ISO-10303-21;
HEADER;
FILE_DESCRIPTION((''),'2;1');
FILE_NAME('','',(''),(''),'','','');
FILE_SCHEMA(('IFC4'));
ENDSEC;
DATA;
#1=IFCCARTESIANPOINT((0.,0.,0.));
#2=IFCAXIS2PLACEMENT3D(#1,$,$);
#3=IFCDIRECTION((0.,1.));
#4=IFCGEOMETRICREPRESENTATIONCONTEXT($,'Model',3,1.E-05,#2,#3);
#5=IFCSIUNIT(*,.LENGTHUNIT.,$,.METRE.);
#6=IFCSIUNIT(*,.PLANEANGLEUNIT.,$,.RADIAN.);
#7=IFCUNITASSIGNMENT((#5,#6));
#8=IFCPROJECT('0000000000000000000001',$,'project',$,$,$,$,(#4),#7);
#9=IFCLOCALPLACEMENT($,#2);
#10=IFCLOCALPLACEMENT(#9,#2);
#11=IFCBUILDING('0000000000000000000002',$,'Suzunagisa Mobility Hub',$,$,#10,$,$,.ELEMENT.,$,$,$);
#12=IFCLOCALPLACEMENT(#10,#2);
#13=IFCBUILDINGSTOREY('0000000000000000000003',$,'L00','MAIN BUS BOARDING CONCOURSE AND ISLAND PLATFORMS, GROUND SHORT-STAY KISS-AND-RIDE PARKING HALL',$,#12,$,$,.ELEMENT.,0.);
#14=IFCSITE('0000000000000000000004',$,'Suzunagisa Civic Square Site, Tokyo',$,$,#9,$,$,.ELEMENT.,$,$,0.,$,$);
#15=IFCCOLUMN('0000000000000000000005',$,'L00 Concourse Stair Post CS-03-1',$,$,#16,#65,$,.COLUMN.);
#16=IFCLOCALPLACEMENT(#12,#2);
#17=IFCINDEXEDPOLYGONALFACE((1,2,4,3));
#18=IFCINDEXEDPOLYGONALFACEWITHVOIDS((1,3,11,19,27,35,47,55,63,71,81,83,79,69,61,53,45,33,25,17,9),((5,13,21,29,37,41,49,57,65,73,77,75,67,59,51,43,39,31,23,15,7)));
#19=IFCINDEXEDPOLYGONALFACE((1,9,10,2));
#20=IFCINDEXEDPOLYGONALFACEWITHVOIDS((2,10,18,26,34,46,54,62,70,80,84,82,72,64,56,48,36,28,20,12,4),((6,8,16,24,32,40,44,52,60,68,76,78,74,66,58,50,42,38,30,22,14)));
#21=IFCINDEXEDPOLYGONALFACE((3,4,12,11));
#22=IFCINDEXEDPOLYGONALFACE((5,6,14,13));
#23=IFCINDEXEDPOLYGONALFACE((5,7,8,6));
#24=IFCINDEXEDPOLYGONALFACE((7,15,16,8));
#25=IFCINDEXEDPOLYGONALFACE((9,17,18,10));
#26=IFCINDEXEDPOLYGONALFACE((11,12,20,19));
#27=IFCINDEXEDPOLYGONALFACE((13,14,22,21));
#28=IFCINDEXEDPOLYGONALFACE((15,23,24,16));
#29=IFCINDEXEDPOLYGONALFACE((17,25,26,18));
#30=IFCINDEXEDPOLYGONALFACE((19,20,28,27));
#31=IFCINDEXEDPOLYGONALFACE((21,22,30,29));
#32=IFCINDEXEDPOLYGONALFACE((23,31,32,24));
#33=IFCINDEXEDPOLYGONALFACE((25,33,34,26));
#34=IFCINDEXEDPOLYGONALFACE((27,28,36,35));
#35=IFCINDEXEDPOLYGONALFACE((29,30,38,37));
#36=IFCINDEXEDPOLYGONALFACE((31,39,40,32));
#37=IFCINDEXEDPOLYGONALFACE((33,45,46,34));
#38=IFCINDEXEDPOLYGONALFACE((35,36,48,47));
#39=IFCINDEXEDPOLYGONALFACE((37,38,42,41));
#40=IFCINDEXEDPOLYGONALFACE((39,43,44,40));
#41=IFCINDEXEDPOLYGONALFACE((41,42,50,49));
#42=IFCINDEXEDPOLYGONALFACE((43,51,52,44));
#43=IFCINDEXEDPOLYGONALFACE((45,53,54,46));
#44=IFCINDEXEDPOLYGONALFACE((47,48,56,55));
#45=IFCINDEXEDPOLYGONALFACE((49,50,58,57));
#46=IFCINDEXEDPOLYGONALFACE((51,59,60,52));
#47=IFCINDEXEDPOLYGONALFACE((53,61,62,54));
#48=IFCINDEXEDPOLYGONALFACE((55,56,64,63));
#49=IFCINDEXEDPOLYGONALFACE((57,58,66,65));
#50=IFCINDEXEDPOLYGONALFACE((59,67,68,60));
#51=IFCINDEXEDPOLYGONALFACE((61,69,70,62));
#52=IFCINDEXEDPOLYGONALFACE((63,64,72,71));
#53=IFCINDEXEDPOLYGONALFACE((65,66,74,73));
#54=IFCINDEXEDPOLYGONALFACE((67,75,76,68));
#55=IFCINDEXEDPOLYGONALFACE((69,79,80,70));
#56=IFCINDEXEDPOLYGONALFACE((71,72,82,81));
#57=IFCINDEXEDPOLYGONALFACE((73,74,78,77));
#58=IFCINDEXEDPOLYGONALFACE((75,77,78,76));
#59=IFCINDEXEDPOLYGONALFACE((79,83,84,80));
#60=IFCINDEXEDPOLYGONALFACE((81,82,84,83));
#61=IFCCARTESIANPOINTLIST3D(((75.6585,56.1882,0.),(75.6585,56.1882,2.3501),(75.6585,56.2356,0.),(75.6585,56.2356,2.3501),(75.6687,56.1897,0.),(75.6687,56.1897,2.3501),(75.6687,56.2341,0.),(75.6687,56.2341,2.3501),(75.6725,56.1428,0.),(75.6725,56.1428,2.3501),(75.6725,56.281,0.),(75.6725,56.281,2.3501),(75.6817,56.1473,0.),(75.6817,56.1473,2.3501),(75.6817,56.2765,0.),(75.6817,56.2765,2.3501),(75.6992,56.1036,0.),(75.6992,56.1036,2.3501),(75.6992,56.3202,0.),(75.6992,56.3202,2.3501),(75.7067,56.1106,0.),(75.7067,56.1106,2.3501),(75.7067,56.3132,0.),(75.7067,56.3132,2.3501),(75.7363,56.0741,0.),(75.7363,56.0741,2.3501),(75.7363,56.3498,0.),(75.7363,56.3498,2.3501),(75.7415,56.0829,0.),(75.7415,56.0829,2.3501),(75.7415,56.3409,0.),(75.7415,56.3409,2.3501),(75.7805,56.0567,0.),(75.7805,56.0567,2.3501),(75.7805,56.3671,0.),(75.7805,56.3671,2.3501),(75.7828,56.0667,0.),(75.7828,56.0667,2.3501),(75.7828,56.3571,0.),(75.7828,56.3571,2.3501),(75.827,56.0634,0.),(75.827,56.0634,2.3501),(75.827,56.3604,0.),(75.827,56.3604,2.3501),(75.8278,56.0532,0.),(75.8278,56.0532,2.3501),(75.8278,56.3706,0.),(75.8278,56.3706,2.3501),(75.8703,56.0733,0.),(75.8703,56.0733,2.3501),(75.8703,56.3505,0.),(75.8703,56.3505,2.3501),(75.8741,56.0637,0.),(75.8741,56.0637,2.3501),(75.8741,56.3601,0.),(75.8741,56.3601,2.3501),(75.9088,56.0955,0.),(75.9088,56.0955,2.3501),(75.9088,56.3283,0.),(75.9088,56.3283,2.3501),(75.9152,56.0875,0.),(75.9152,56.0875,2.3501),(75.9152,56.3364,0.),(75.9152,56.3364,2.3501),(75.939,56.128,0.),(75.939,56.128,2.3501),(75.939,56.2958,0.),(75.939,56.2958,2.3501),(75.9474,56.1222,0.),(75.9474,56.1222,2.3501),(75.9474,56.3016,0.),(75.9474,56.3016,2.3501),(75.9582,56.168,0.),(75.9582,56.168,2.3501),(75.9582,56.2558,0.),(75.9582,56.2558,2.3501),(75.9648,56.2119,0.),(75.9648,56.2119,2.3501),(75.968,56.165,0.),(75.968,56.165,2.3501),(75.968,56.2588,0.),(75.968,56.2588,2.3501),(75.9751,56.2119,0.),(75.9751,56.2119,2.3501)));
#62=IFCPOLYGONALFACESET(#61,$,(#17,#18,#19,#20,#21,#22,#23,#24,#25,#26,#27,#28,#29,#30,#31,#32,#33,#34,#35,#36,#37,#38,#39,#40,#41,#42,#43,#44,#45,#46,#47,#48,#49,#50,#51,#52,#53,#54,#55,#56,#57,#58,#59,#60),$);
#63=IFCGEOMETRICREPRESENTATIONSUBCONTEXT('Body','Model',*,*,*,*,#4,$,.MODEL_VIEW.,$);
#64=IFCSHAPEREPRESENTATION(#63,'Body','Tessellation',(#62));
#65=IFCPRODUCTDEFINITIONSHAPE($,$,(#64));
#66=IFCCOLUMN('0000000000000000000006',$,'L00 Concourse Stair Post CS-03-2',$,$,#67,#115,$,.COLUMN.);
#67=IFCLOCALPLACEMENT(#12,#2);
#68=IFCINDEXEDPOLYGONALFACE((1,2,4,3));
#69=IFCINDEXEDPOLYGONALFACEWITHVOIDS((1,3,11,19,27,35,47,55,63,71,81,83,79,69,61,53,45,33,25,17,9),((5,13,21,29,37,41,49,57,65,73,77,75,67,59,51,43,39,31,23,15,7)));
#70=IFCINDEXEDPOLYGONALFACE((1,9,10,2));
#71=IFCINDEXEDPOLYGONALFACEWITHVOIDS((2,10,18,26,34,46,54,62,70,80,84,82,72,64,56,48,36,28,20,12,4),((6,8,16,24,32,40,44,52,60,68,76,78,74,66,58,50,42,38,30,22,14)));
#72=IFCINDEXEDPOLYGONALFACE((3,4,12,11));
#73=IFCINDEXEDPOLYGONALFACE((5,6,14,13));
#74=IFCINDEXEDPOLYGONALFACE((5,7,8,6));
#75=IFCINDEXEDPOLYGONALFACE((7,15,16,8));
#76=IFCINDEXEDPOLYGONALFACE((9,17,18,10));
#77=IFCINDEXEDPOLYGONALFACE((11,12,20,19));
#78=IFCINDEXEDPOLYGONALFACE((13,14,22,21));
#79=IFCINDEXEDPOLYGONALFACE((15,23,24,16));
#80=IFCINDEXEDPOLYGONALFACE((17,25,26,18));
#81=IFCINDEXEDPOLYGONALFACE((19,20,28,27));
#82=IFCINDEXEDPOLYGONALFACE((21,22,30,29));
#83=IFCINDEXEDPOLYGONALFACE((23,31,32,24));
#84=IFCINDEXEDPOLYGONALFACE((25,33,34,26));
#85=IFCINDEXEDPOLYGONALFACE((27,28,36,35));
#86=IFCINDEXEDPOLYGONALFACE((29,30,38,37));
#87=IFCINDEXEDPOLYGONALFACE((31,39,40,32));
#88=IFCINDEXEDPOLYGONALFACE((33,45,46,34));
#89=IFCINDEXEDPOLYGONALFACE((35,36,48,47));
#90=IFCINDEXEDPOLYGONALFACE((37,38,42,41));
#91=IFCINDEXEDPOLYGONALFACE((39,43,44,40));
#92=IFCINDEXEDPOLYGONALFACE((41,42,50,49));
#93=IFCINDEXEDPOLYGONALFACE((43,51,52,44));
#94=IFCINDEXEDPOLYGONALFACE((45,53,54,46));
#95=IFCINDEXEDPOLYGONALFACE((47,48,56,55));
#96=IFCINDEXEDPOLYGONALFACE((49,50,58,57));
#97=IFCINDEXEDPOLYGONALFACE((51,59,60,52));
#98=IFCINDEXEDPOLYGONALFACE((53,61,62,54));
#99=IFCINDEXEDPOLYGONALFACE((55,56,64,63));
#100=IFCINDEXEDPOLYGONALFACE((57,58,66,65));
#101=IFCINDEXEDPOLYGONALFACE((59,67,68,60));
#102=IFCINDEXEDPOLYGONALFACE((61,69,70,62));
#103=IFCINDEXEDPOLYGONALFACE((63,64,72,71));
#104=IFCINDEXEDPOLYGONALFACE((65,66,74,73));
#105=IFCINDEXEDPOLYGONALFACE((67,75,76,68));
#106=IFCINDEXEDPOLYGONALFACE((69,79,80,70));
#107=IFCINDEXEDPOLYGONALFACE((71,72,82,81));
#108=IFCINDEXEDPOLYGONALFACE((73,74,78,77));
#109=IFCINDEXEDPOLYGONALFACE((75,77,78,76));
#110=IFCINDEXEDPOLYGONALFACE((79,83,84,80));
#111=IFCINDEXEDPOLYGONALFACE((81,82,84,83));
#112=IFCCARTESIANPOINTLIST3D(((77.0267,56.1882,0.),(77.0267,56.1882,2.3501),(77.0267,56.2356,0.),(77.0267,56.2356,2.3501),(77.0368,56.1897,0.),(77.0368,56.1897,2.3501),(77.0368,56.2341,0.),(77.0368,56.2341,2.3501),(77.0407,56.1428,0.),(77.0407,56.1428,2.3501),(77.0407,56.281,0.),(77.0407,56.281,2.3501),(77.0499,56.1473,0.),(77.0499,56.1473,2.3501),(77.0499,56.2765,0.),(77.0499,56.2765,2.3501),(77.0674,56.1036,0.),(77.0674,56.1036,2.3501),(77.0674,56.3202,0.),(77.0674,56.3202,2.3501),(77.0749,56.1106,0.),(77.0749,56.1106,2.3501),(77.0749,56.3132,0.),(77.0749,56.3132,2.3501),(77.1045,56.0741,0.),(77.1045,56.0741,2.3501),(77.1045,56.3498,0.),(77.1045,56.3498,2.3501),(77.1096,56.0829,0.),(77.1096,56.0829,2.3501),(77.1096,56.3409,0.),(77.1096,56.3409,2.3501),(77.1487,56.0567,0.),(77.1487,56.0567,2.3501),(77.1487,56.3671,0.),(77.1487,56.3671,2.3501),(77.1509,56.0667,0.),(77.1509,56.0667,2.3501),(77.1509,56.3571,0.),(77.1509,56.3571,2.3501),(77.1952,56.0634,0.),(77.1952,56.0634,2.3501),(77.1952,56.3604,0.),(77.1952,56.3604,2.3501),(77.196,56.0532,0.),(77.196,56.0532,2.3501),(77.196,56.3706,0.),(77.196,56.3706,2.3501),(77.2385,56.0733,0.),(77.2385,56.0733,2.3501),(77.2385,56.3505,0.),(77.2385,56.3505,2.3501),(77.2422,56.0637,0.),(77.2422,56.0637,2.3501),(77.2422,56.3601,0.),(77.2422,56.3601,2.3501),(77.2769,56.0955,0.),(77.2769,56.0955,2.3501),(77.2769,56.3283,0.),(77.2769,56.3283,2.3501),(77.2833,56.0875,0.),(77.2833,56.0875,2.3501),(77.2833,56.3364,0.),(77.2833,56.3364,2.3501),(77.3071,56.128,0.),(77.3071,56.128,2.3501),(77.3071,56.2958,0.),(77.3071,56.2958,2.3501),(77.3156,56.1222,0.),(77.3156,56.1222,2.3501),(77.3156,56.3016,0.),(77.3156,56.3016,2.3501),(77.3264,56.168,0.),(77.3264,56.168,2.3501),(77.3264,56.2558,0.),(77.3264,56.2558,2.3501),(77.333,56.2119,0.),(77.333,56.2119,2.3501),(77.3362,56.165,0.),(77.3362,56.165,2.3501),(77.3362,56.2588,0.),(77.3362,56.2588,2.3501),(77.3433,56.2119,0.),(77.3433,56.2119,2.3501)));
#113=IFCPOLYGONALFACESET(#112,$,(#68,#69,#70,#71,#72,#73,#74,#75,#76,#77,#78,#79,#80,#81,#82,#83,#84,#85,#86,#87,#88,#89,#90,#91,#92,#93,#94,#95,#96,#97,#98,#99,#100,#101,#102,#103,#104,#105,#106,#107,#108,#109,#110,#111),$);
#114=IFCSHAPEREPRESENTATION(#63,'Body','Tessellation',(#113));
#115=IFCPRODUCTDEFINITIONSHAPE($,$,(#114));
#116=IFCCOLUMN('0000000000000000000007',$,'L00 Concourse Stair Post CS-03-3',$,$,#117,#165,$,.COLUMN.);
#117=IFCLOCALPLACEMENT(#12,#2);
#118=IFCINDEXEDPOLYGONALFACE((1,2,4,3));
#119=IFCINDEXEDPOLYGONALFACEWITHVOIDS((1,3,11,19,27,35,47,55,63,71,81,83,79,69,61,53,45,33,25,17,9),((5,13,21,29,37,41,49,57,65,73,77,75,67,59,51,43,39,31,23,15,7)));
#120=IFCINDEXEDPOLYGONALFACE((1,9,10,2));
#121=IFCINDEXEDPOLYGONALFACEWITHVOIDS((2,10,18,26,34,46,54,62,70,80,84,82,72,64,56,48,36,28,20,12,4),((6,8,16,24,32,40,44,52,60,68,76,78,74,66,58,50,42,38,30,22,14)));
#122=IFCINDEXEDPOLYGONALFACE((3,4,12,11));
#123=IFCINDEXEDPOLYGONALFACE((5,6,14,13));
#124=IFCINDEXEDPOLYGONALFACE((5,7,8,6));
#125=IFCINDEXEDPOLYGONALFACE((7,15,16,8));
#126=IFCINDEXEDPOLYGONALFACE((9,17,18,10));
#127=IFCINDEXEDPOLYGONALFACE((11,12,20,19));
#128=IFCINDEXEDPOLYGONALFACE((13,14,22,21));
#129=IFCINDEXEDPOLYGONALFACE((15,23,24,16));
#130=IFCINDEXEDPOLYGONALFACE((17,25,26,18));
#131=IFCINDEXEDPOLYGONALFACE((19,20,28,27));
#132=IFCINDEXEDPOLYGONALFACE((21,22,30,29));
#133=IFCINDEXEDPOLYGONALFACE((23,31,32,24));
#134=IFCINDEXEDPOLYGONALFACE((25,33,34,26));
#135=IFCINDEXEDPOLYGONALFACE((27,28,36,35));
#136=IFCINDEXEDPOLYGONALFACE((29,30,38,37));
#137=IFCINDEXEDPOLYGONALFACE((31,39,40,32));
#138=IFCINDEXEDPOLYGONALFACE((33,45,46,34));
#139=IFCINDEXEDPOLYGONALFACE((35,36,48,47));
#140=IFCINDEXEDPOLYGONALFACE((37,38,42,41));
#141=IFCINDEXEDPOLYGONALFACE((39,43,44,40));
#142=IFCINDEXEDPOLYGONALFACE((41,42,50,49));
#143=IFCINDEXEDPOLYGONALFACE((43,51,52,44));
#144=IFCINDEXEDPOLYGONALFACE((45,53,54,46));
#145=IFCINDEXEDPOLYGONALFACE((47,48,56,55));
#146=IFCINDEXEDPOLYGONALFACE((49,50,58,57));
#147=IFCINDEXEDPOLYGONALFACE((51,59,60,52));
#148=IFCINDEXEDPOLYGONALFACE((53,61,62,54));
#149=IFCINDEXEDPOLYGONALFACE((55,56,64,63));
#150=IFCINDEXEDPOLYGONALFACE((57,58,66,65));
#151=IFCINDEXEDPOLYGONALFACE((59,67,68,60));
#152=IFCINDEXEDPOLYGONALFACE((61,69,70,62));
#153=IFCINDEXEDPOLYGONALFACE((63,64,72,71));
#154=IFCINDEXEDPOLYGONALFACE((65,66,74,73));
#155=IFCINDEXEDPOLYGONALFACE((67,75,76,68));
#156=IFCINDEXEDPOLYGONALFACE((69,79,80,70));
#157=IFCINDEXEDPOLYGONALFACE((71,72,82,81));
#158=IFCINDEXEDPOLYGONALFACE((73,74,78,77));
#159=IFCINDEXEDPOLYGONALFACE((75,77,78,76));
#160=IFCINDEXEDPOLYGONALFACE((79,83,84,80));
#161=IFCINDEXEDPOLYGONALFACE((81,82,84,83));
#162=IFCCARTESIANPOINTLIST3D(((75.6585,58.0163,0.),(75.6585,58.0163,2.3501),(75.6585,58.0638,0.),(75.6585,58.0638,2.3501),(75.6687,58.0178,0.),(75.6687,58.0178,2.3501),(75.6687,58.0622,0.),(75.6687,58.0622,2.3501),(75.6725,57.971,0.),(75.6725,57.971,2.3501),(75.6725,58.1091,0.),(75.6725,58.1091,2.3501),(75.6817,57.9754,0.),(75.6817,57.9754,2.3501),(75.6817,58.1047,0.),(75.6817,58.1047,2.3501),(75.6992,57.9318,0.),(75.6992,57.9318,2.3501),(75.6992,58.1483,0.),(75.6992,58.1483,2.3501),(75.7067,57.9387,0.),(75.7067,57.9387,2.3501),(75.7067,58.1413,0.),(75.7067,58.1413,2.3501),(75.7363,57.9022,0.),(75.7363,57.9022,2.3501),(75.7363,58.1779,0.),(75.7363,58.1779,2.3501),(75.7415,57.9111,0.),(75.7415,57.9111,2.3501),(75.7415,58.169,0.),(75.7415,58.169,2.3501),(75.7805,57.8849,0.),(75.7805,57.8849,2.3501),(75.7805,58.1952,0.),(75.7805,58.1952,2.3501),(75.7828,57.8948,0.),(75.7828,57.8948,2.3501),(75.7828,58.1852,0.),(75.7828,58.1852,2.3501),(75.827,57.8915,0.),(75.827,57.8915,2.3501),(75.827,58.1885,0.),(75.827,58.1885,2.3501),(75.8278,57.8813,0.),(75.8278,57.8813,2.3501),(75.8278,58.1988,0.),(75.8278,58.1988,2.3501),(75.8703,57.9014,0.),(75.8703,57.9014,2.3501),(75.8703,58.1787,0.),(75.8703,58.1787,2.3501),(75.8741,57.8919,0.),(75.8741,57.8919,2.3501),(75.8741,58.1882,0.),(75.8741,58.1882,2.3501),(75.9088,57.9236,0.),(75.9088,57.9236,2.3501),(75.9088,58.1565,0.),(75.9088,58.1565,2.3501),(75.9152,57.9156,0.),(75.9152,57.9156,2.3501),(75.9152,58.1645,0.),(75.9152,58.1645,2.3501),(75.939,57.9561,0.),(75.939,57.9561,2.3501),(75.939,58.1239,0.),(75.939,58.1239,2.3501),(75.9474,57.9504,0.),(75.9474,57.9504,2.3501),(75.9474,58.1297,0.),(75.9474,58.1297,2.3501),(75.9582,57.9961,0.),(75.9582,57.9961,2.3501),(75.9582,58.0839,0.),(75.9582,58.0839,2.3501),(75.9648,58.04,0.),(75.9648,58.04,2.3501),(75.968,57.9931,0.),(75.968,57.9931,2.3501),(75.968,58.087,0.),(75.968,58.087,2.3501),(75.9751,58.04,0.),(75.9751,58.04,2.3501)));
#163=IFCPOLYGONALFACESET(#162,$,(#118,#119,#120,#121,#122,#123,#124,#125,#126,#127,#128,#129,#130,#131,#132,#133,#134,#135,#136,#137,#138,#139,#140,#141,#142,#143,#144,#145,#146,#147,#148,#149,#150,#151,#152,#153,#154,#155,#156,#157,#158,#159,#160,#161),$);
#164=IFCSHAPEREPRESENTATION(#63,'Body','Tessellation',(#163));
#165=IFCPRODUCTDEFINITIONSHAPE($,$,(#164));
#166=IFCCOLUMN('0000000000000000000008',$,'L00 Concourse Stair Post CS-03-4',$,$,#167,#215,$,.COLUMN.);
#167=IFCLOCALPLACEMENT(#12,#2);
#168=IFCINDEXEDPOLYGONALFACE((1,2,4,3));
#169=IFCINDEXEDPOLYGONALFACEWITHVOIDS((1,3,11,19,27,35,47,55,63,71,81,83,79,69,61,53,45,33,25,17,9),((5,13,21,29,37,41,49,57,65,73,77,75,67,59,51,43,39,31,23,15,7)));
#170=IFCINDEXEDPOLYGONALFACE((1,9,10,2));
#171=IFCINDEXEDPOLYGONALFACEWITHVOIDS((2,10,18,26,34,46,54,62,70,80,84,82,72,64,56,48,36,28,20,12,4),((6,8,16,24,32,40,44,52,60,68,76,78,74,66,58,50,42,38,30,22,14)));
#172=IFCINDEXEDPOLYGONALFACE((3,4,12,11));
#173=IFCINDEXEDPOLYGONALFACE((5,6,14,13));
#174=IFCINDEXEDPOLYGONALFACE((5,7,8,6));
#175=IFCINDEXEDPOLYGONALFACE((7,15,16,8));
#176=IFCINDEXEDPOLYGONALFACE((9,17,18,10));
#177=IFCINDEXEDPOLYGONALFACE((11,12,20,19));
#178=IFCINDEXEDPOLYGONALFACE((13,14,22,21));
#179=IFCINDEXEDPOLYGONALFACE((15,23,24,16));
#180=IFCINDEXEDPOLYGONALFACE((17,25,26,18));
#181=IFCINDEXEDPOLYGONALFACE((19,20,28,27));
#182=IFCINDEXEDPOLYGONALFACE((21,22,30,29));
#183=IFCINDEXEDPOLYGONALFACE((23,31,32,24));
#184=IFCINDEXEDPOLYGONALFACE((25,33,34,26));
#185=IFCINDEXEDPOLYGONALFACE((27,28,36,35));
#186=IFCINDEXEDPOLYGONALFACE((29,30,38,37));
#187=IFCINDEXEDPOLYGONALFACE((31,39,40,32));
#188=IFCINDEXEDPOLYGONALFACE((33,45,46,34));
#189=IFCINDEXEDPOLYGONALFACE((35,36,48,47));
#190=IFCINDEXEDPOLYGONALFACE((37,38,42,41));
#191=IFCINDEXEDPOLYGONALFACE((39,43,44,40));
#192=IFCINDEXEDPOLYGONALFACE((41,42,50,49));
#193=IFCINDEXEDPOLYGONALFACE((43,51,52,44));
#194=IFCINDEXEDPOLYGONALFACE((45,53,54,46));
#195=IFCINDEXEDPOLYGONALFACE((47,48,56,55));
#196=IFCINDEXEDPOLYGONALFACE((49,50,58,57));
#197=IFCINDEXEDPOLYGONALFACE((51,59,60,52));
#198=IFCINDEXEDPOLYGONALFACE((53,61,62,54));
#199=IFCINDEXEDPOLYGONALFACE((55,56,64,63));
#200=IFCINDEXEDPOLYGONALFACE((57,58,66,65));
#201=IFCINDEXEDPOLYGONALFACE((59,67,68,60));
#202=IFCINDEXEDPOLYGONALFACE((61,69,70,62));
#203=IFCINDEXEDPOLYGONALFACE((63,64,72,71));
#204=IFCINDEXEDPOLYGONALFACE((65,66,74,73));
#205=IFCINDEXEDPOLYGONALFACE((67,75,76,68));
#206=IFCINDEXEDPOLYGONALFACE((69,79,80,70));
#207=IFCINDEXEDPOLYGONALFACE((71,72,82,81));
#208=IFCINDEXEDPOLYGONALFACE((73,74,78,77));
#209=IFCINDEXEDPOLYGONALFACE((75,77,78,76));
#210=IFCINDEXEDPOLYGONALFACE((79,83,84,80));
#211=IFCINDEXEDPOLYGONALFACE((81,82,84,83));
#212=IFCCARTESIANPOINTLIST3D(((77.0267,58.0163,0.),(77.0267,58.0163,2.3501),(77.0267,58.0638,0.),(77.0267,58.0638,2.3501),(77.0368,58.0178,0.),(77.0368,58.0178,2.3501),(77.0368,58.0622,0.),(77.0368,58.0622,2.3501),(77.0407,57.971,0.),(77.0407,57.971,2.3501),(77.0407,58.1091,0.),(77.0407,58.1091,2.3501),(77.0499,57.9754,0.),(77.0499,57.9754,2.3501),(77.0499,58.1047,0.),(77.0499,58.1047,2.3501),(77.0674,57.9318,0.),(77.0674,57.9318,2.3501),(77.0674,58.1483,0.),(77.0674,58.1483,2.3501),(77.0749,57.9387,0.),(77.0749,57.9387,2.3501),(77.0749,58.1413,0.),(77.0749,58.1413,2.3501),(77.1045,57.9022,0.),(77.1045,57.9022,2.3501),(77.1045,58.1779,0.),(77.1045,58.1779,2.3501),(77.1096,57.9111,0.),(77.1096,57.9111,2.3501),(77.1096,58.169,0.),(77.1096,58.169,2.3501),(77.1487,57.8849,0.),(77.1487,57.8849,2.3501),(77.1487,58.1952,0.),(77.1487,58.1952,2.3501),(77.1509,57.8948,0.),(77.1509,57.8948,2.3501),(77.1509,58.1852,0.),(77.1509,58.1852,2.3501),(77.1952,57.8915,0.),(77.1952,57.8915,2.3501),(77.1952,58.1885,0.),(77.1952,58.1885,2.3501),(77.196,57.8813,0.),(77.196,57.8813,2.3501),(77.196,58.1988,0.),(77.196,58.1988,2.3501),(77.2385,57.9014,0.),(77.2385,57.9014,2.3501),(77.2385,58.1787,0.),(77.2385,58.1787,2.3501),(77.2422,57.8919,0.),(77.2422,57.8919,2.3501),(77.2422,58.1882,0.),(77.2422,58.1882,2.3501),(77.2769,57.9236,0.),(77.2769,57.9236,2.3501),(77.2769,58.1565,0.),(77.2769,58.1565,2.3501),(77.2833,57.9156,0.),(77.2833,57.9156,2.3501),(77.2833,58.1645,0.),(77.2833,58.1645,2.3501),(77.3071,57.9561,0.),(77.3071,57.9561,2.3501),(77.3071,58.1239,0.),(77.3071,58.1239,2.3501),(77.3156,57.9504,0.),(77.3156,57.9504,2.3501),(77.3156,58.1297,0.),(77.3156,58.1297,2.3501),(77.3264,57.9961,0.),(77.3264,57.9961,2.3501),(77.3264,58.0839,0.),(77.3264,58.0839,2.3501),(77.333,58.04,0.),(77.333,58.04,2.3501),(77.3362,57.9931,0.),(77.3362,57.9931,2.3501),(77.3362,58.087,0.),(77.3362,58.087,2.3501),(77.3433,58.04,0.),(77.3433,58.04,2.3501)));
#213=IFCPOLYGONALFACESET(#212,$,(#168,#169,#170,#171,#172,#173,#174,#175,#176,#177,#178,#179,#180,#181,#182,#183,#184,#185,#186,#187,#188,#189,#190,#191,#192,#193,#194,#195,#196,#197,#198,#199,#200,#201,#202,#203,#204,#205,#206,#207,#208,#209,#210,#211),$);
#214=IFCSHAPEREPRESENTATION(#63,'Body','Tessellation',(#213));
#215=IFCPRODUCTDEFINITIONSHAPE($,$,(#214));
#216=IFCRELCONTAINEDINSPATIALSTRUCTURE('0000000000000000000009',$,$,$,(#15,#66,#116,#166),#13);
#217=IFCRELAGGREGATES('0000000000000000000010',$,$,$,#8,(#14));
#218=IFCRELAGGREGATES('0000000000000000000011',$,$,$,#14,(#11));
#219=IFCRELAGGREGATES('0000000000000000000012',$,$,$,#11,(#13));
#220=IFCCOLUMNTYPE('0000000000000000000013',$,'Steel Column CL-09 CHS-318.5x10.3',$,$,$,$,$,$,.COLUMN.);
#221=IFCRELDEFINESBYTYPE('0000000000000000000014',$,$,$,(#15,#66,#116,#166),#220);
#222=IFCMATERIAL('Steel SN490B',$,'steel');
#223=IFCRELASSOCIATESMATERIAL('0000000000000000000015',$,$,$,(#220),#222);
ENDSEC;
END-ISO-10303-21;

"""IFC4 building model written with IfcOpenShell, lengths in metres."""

from ifc_helpers import new_model, si_unit, direction, frame, origin, origin_2d, place, context, subcontext, project, spatial, hollow_circle, extrude, material, material_profile, profile_set, type_object, element, save


model = new_model("IFC4")

# Units and contexts
model_context = context("Model", 3, precision=1e-05, world=origin(), true_north=direction((0.0, 1.0)))
body_context = subcontext(model_context, "Body", "Model", "MODEL_VIEW")
ifc_project = project(units=[si_unit("LENGTHUNIT", "METRE"), si_unit("PLANEANGLEUNIT", "RADIAN")], contexts=[model_context])

# Site, building, storey
site_placement = place(None, origin())
site = spatial("IfcSite", under=ifc_project, at=site_placement, Name="Suzunagisa Civic Square Site, Tokyo", CompositionType="ELEMENT", RefElevation=0.0)
building_placement = place(site_placement, origin())
building = spatial("IfcBuilding", under=site, at=building_placement, Name="Suzunagisa Mobility Hub", CompositionType="ELEMENT")
storey_placement = place(building_placement, origin())
storey = spatial("IfcBuildingStorey", under=building, at=storey_placement, Name="L00", Description="MAIN BUS BOARDING CONCOURSE AND ISLAND PLATFORMS, GROUND SHORT-STAY KISS-AND-RIDE PARKING HALL", CompositionType="ELEMENT", Elevation=0.0)

# Columns
ifc_material_1 = material(Name="Steel SN490B", Category="steel")
ifc_material_profile_1 = material_profile(ifc_material_1, hollow_circle(Radius=0.1592, WallThickness=0.0103, at=origin_2d()), Name="CHS-318.5x10.3")
ifc_profile_set_1 = profile_set([ifc_material_profile_1], Name="Steel SN490B")
column_type_1 = type_object("IfcColumnType", Name="Steel Column CL-09 CHS-318.5x10.3", PredefinedType="COLUMN", material=ifc_profile_set_1)
for number, where, z_axis, x_axis, name in (
    (1, (75.8159, 56.2119, 0.0), (0.0, 0.0, 1.0), (1.0, 0.0, 0.0), "L00 Concourse Stair Post CS-03-1"),
    (2, (77.1841, 56.2119, 0.0), (0.0, 0.0, 1.0), (1.0, 0.0, 0.0), "L00 Concourse Stair Post CS-03-2"),
    (3, (75.8159, 58.04, 0.0), (0.0, 0.0, 1.0), (1.0, 0.0, 0.0), "L00 Concourse Stair Post CS-03-3"),
    (4, (77.1841, 58.04, 0.0), (0.0, 0.0, 1.0), (1.0, 0.0, 0.0), "L00 Concourse Stair Post CS-03-4"),
):
    element("IfcColumn", number, at=place(storey_placement, frame(where, z_axis=z_axis, x_axis=x_axis)), inside=storey, type_object=column_type_1, Name=name, PredefinedType="COLUMN", context=body_context, shape_type="SweptSolid", body=[
        extrude(hollow_circle(Radius=0.1592, WallThickness=0.0103, at=origin_2d()), origin(), (0.0, 0.0, 1.0), 2.3501),
    ])

save(model, "model.ifc")
